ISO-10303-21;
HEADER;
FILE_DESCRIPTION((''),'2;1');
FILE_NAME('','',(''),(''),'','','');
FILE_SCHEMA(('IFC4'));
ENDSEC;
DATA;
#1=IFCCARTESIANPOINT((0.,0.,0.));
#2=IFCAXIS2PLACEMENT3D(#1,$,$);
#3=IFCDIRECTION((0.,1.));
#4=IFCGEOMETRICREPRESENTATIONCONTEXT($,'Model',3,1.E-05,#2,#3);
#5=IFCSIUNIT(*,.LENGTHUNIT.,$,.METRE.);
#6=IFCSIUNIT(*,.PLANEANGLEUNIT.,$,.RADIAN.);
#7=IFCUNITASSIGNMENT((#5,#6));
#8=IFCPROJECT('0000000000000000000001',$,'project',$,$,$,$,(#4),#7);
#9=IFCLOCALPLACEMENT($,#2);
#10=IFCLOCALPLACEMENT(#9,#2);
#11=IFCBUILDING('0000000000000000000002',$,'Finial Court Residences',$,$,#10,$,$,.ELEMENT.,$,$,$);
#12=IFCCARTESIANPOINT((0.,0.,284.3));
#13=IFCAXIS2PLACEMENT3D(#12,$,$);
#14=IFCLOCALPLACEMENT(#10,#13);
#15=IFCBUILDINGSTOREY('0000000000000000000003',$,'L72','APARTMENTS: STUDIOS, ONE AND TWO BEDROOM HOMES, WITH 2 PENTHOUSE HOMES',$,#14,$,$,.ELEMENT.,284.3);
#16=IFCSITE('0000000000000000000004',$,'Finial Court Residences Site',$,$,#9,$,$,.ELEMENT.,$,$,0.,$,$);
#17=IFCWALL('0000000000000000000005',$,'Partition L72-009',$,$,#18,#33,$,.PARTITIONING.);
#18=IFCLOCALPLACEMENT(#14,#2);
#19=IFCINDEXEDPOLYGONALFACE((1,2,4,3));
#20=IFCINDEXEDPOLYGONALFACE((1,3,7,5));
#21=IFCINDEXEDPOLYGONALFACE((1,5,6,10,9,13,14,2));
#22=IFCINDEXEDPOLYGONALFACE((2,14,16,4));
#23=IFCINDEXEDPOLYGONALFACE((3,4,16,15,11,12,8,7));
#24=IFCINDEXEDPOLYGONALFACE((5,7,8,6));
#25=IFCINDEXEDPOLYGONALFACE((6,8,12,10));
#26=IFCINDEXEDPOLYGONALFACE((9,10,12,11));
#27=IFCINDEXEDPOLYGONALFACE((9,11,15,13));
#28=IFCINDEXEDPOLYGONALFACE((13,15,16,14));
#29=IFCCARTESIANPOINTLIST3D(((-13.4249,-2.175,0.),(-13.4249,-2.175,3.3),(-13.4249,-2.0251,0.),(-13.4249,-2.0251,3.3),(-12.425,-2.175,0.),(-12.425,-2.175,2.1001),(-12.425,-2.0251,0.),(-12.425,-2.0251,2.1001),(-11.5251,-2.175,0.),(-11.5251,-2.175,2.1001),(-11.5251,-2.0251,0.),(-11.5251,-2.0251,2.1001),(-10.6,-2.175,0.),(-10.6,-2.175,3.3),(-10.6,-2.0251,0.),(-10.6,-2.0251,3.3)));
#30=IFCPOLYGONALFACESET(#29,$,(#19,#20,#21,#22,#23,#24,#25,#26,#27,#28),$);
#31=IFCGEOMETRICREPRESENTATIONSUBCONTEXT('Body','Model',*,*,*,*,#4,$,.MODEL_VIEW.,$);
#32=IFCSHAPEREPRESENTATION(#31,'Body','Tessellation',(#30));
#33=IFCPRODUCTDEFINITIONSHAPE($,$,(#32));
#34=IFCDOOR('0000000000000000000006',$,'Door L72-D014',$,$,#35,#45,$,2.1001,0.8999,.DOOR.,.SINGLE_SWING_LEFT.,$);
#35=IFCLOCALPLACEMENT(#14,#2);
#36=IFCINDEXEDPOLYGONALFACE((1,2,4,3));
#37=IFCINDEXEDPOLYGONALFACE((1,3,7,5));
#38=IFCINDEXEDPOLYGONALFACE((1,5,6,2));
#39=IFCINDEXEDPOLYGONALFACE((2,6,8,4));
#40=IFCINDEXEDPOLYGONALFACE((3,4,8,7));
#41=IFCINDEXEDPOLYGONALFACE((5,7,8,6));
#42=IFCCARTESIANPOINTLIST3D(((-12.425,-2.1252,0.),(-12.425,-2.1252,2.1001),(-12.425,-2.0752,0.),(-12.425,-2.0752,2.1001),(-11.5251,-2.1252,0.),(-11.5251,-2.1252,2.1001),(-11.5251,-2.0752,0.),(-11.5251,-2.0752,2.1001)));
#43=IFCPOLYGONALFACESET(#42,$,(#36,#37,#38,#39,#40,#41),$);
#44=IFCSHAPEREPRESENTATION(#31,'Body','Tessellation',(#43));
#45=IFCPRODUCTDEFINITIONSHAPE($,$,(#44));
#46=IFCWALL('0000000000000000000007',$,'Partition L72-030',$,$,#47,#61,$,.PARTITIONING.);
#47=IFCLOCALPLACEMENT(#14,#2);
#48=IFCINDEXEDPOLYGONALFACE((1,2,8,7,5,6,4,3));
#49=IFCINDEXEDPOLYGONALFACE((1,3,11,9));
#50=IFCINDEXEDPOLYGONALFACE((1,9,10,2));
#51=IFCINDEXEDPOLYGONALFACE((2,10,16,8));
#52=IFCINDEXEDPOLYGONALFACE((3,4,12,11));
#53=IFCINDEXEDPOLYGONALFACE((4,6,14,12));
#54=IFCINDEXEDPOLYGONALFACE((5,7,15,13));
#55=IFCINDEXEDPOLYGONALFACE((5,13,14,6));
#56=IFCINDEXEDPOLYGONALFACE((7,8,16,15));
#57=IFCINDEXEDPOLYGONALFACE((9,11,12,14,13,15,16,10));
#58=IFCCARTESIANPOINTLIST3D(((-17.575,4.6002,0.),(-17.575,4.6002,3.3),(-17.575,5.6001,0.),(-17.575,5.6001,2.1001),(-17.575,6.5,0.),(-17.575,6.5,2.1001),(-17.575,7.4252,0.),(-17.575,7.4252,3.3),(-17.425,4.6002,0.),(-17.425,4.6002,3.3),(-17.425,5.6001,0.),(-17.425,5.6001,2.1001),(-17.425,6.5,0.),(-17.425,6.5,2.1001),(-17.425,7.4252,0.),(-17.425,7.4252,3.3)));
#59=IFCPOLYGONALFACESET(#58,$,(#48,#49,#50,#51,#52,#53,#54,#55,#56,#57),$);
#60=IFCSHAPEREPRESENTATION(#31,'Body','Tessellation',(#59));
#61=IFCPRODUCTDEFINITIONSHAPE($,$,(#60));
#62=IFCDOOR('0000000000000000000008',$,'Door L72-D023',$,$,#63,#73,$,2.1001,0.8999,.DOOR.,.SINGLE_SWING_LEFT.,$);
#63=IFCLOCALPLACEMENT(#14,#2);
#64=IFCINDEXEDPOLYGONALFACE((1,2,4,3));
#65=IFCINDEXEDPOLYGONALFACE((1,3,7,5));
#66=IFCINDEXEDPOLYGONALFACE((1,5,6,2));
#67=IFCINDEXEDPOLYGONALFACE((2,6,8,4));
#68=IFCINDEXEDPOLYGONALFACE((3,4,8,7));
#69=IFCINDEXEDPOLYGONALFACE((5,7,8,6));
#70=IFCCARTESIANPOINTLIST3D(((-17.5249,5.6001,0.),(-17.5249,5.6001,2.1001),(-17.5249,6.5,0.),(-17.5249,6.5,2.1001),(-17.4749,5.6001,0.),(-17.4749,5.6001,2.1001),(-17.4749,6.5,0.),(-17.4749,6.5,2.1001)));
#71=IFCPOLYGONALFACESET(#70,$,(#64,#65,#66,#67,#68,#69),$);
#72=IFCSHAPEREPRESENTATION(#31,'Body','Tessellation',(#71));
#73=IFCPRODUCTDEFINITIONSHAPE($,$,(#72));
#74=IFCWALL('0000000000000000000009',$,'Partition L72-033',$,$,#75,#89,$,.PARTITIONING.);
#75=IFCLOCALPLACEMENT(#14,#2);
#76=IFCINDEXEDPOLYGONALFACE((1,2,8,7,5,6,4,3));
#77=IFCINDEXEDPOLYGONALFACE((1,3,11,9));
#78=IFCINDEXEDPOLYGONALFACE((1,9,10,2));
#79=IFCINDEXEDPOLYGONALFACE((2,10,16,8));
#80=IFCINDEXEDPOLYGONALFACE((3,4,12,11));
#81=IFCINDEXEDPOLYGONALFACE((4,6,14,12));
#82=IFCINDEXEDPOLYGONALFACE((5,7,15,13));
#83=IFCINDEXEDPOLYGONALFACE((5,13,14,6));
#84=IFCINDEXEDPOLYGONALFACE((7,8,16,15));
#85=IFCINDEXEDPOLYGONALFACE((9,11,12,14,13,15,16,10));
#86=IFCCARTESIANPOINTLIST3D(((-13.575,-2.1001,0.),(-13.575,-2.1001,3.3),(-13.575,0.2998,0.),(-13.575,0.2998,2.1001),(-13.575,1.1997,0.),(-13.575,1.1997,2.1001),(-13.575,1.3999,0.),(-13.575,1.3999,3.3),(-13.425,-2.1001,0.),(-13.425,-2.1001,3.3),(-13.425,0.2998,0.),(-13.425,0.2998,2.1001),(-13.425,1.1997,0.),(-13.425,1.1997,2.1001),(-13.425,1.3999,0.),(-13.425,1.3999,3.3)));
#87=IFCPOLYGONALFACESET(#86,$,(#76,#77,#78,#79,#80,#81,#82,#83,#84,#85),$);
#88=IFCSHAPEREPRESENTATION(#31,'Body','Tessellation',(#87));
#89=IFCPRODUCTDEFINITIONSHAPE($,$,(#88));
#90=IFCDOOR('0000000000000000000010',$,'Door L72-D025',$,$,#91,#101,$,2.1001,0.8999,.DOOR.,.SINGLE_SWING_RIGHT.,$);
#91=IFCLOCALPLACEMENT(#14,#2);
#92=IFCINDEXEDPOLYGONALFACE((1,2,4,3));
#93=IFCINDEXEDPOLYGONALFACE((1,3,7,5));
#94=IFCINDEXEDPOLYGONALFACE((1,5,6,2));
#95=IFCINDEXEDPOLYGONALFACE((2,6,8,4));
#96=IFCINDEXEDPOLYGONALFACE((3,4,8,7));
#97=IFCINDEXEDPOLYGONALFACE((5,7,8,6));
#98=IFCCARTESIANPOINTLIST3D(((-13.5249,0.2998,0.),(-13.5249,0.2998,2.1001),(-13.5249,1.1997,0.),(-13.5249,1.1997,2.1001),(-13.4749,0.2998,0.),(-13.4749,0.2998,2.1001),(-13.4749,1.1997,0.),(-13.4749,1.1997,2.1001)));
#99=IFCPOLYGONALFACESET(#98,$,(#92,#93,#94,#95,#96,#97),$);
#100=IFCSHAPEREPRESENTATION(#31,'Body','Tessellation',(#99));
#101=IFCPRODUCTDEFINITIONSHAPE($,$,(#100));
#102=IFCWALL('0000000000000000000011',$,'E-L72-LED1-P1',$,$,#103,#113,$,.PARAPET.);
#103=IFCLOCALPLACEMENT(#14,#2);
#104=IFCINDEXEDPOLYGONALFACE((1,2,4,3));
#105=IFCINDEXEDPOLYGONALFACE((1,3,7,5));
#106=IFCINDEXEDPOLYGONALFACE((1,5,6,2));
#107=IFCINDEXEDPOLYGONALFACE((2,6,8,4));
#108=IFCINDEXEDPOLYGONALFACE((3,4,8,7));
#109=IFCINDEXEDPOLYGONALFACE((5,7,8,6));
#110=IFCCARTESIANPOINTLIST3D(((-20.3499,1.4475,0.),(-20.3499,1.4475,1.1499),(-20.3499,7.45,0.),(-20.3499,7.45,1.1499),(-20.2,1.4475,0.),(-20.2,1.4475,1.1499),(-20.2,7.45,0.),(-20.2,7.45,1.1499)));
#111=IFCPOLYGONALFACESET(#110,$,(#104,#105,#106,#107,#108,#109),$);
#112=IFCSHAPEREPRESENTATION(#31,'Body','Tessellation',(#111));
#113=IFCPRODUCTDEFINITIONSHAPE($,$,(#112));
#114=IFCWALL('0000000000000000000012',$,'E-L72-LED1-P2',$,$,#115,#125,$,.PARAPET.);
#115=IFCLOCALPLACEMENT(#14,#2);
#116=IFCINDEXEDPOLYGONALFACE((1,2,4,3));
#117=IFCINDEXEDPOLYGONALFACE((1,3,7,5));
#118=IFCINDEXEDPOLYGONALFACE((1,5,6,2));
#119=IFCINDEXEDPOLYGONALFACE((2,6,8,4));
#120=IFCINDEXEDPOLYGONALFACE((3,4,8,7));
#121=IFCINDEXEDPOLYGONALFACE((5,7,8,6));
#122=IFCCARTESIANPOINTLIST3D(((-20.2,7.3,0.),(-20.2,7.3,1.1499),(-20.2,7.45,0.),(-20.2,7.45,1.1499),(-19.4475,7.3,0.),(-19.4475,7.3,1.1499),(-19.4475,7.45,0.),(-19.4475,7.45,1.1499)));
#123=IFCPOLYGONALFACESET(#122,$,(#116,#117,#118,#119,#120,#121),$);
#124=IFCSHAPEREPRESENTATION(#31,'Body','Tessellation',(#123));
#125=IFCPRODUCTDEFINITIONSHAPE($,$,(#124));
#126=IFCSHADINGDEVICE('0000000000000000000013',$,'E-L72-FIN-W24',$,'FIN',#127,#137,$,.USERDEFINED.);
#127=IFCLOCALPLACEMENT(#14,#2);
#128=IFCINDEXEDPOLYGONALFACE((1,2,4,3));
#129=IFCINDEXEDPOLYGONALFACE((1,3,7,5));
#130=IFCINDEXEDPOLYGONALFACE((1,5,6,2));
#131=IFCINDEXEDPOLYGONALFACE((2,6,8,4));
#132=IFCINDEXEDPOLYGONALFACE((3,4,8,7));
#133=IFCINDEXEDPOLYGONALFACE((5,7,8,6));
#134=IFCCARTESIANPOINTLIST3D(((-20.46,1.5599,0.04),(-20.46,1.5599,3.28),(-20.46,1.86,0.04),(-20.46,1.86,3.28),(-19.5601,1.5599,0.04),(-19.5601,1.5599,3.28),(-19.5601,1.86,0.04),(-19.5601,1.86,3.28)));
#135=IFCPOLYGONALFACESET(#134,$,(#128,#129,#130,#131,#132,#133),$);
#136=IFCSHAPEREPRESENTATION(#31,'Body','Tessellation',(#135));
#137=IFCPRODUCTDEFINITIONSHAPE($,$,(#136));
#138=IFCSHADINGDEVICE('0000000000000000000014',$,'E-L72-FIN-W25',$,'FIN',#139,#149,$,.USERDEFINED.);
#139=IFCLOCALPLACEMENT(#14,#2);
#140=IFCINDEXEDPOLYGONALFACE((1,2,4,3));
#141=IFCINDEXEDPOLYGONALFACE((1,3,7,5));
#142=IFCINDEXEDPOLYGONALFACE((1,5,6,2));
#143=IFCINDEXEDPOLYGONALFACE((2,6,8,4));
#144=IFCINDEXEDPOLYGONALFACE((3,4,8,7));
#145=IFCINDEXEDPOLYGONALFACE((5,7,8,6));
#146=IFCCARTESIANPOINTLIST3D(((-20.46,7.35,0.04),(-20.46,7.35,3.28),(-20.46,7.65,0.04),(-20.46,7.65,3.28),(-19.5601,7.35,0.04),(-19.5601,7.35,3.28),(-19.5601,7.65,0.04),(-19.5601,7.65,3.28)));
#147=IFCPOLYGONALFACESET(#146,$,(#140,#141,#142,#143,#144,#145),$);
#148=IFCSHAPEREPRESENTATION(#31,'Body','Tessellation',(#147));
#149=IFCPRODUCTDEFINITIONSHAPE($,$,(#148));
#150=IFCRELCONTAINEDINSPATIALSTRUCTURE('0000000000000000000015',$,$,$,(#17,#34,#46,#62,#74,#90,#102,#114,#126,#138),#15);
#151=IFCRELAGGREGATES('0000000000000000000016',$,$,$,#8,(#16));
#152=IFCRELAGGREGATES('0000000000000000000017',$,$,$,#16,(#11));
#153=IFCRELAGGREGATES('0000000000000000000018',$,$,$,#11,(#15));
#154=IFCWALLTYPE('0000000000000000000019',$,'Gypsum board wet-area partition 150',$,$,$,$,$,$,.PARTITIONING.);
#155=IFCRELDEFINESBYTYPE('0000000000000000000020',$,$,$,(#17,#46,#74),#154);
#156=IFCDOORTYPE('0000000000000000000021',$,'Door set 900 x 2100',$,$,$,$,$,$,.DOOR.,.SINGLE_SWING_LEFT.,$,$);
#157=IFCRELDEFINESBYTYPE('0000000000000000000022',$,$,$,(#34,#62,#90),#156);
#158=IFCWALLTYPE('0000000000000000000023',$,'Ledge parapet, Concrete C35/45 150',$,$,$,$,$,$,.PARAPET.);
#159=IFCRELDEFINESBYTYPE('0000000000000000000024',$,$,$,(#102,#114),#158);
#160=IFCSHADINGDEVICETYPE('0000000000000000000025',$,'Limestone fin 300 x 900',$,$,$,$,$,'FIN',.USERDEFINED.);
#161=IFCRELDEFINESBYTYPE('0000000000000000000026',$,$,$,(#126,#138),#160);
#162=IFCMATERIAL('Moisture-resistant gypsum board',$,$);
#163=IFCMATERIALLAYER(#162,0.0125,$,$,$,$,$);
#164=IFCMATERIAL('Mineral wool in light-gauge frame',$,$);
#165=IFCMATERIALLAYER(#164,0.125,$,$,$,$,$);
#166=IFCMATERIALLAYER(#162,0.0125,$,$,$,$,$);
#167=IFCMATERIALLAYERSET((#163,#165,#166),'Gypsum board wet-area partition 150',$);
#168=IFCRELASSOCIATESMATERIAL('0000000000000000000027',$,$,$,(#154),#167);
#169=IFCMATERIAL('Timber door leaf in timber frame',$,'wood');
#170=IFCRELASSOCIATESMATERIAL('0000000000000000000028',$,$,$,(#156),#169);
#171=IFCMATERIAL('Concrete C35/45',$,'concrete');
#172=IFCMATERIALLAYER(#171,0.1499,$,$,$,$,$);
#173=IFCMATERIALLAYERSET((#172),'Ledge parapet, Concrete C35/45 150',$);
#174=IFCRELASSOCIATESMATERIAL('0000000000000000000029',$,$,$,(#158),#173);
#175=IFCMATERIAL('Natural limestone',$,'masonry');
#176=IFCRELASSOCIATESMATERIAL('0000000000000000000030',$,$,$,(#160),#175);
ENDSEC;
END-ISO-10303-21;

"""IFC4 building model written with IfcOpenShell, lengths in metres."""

from ifc_helpers import new_model, si_unit, direction, frame, frame_2d, origin, origin_2d, place, context, subcontext, project, spatial, rectangle, extrude, material, layer, layer_set, type_object, element, fill, save


model = new_model("IFC4")

# Units and contexts
model_context = context("Model", 3, precision=1e-05, world=origin(), true_north=direction((0.0, 1.0)))
body_context = subcontext(model_context, "Body", "Model", "MODEL_VIEW")
ifc_project = project(units=[si_unit("LENGTHUNIT", "METRE"), si_unit("PLANEANGLEUNIT", "RADIAN")], contexts=[model_context])

# Site, building, storey
site_placement = place(None, origin())
site = spatial("IfcSite", under=ifc_project, at=site_placement, Name="Finial Court Residences Site", CompositionType="ELEMENT", RefElevation=0.0)
building_placement = place(site_placement, origin())
building = spatial("IfcBuilding", under=site, at=building_placement, Name="Finial Court Residences", CompositionType="ELEMENT")
storey_placement = place(building_placement, frame((0.0, 0.0, 284.3)))
storey = spatial("IfcBuildingStorey", under=building, at=storey_placement, Name="L72", Description="APARTMENTS: STUDIOS, ONE AND TWO BEDROOM HOMES, WITH 2 PENTHOUSE HOMES", CompositionType="ELEMENT", Elevation=284.3)

# Walls, openings, doors
ifc_material_1 = material(Name="Moisture-resistant gypsum board")
ifc_layer_1 = layer(ifc_material_1, 0.0125)
ifc_material_2 = material(Name="Mineral wool in light-gauge frame")
ifc_layer_2 = layer(ifc_material_2, 0.125)
ifc_layer_3 = layer(ifc_material_1, 0.0125)
ifc_layer_set_1 = layer_set([ifc_layer_1, ifc_layer_2, ifc_layer_3], Name="Gypsum board wet-area partition 150")
wall_type_1 = type_object("IfcWallType", Name="Gypsum board wet-area partition 150", PredefinedType="PARTITIONING", material=ifc_layer_set_1)
wall_1_placement = place(storey_placement, frame((-13.425, -2.1001, 0.0), z_axis=(0.0, 0.0, 1.0), x_axis=(1.0, 0.0, 0.0)))
wall_1 = element("IfcWall", 1, at=wall_1_placement, inside=storey, type_object=wall_type_1, Name="Partition L72-009", PredefinedType="PARTITIONING", context=body_context, shape_type="SweptSolid", body=[
    extrude(rectangle(XDim=2.825, YDim=0.1499, at=frame_2d((1.4126, 0.0))), origin(), (0.0, 0.0, 1.0), 3.3),
])
opening_1_placement = place(wall_1_placement, frame((1.0, 0.0, 0.0)))
opening_1 = element("IfcOpeningElement", 2, at=opening_1_placement, cuts=wall_1, PredefinedType="OPENING", context=body_context, shape_type="SweptSolid", body=[
    extrude(rectangle(XDim=0.8999, YDim=2.1001, at=frame_2d((0.45, 1.05))), frame((0.0, 0.085, 0.0), z_axis=(0.0, -1.0, 0.0), x_axis=(1.0, 0.0, 0.0)), (0.0, 0.0, 1.0), 0.1699),
])
ifc_material_3 = material(Name="Timber door leaf in timber frame", Category="wood")
door_type_1 = type_object("IfcDoorType", Name="Door set 900 x 2100", OperationType="SINGLE_SWING_LEFT", PredefinedType="DOOR", material=ifc_material_3)
door_1_placement = place(opening_1_placement, origin())
door_1 = element("IfcDoor", 3, at=door_1_placement, inside=storey, type_object=door_type_1, Name="Door L72-D014", OperationType="SINGLE_SWING_LEFT", OverallHeight=2.1001, OverallWidth=0.8999, PredefinedType="DOOR", context=body_context, shape_type="SweptSolid", body=[
    extrude(rectangle(XDim=0.8999, YDim=2.1001, at=frame_2d((0.45, 1.05))), frame((0.0, 0.0249, 0.0), z_axis=(0.0, -1.0, 0.0), x_axis=(1.0, 0.0, 0.0)), (0.0, 0.0, 1.0), 0.05),
])
fill(opening_1, door_1)
wall_2_placement = place(storey_placement, frame((-17.5, 4.6001, 0.0), z_axis=(0.0, 0.0, 1.0), x_axis=(0.0, 1.0, 0.0)))
wall_2 = element("IfcWall", 4, at=wall_2_placement, inside=storey, type_object=wall_type_1, Name="Partition L72-030", PredefinedType="PARTITIONING", context=body_context, shape_type="SweptSolid", body=[
    extrude(rectangle(XDim=2.825, YDim=0.1499, at=frame_2d((1.4126, 0.0))), origin(), (0.0, 0.0, 1.0), 3.3),
])
opening_2_placement = place(wall_2_placement, frame((1.0, 0.0, 0.0)))
opening_2 = element("IfcOpeningElement", 5, at=opening_2_placement, cuts=wall_2, PredefinedType="OPENING", context=body_context, shape_type="SweptSolid", body=[
    extrude(rectangle(XDim=0.8999, YDim=2.1001, at=frame_2d((0.45, 1.05))), frame((0.0, 0.085, 0.0), z_axis=(0.0, -1.0, 0.0), x_axis=(1.0, 0.0, 0.0)), (0.0, 0.0, 1.0), 0.1699),
])
door_2_placement = place(opening_2_placement, origin())
door_2 = element("IfcDoor", 6, at=door_2_placement, inside=storey, type_object=door_type_1, Name="Door L72-D023", OperationType="SINGLE_SWING_LEFT", OverallHeight=2.1001, OverallWidth=0.8999, PredefinedType="DOOR", context=body_context, shape_type="SweptSolid", body=[
    extrude(rectangle(XDim=0.8999, YDim=2.1001, at=frame_2d((0.45, 1.05))), frame((0.0, 0.0249, 0.0), z_axis=(0.0, -1.0, 0.0), x_axis=(1.0, 0.0, 0.0)), (0.0, 0.0, 1.0), 0.05),
])
fill(opening_2, door_2)
wall_3_placement = place(storey_placement, frame((-13.5, -2.1001, 0.0), z_axis=(0.0, 0.0, 1.0), x_axis=(0.0, 1.0, 0.0)))
wall_3 = element("IfcWall", 7, at=wall_3_placement, inside=storey, type_object=wall_type_1, Name="Partition L72-033", PredefinedType="PARTITIONING", context=body_context, shape_type="SweptSolid", body=[
    extrude(rectangle(XDim=3.5, YDim=0.1499, at=frame_2d((1.75, 0.0))), origin(), (0.0, 0.0, 1.0), 3.3),
])
opening_3_placement = place(wall_3_placement, frame((2.3999, 0.0, 0.0)))
opening_3 = element("IfcOpeningElement", 8, at=opening_3_placement, cuts=wall_3, PredefinedType="OPENING", context=body_context, shape_type="SweptSolid", body=[
    extrude(rectangle(XDim=0.8999, YDim=2.1001, at=frame_2d((0.45, 1.05))), frame((0.0, 0.085, 0.0), z_axis=(0.0, -1.0, 0.0), x_axis=(1.0, 0.0, 0.0)), (0.0, 0.0, 1.0), 0.1699),
])
door_3_placement = place(opening_3_placement, origin())
door_3 = element("IfcDoor", 9, at=door_3_placement, inside=storey, type_object=door_type_1, Name="Door L72-D025", OperationType="SINGLE_SWING_RIGHT", OverallHeight=2.1001, OverallWidth=0.8999, PredefinedType="DOOR", context=body_context, shape_type="SweptSolid", body=[
    extrude(rectangle(XDim=0.8999, YDim=2.1001, at=frame_2d((0.45, 1.05))), frame((0.0, 0.0249, 0.0), z_axis=(0.0, -1.0, 0.0), x_axis=(1.0, 0.0, 0.0)), (0.0, 0.0, 1.0), 0.05),
])
fill(opening_3, door_3)

# Walls
ifc_material_4 = material(Name="Concrete C35/45", Category="concrete")
ifc_layer_4 = layer(ifc_material_4, 0.1499)
ifc_layer_set_2 = layer_set([ifc_layer_4], Name="Ledge parapet, Concrete C35/45 150")
wall_type_2 = type_object("IfcWallType", Name="Ledge parapet, Concrete C35/45 150", PredefinedType="PARAPET", material=ifc_layer_set_2)
wall_4_placement = place(storey_placement, frame((-20.2749, 1.4475, 0.0), z_axis=(0.0, 0.0, 1.0), x_axis=(0.0, 1.0, 0.0)))
element("IfcWall", 10, at=wall_4_placement, inside=storey, type_object=wall_type_2, Name="E-L72-LED1-P1", PredefinedType="PARAPET", context=body_context, shape_type="SweptSolid", body=[
    extrude(rectangle(XDim=6.0024, YDim=0.1499, at=frame_2d((3.0012, 0.0))), origin(), (0.0, 0.0, 1.0), 1.1499),
])
wall_5_placement = place(storey_placement, frame((-20.2, 7.375, 0.0), z_axis=(0.0, 0.0, 1.0), x_axis=(1.0, 0.0, 0.0)))
element("IfcWall", 11, at=wall_5_placement, inside=storey, type_object=wall_type_2, Name="E-L72-LED1-P2", PredefinedType="PARAPET", context=body_context, shape_type="SweptSolid", body=[
    extrude(rectangle(XDim=0.7524, YDim=0.1499, at=frame_2d((0.3762, 0.0))), origin(), (0.0, 0.0, 1.0), 1.1499),
])

# Shading devices
ifc_material_5 = material(Name="Natural limestone", Category="masonry")
shading_device_type = type_object("IfcShadingDeviceType", Name="Limestone fin 300 x 900", ElementType="FIN", PredefinedType="USERDEFINED", material=ifc_material_5)
for number, where, z_axis, x_axis, name in (
    (12, (-20.01, 1.71, 0.04), (0.0, 0.0, 1.0), (1.0, 0.0, 0.0), "E-L72-FIN-W24"),
    (13, (-20.01, 7.5, 0.04), (0.0, 0.0, 1.0), (1.0, 0.0, 0.0), "E-L72-FIN-W25"),
):
    element("IfcShadingDevice", number, at=place(storey_placement, frame(where, z_axis=z_axis, x_axis=x_axis)), inside=storey, type_object=shading_device_type, Name=name, ObjectType="FIN", PredefinedType="USERDEFINED", context=body_context, shape_type="SweptSolid", body=[
        extrude(rectangle(XDim=0.8999, YDim=0.3, at=origin_2d()), origin(), (0.0, 0.0, 1.0), 3.24),
    ])

save(model, "model.ifc")
